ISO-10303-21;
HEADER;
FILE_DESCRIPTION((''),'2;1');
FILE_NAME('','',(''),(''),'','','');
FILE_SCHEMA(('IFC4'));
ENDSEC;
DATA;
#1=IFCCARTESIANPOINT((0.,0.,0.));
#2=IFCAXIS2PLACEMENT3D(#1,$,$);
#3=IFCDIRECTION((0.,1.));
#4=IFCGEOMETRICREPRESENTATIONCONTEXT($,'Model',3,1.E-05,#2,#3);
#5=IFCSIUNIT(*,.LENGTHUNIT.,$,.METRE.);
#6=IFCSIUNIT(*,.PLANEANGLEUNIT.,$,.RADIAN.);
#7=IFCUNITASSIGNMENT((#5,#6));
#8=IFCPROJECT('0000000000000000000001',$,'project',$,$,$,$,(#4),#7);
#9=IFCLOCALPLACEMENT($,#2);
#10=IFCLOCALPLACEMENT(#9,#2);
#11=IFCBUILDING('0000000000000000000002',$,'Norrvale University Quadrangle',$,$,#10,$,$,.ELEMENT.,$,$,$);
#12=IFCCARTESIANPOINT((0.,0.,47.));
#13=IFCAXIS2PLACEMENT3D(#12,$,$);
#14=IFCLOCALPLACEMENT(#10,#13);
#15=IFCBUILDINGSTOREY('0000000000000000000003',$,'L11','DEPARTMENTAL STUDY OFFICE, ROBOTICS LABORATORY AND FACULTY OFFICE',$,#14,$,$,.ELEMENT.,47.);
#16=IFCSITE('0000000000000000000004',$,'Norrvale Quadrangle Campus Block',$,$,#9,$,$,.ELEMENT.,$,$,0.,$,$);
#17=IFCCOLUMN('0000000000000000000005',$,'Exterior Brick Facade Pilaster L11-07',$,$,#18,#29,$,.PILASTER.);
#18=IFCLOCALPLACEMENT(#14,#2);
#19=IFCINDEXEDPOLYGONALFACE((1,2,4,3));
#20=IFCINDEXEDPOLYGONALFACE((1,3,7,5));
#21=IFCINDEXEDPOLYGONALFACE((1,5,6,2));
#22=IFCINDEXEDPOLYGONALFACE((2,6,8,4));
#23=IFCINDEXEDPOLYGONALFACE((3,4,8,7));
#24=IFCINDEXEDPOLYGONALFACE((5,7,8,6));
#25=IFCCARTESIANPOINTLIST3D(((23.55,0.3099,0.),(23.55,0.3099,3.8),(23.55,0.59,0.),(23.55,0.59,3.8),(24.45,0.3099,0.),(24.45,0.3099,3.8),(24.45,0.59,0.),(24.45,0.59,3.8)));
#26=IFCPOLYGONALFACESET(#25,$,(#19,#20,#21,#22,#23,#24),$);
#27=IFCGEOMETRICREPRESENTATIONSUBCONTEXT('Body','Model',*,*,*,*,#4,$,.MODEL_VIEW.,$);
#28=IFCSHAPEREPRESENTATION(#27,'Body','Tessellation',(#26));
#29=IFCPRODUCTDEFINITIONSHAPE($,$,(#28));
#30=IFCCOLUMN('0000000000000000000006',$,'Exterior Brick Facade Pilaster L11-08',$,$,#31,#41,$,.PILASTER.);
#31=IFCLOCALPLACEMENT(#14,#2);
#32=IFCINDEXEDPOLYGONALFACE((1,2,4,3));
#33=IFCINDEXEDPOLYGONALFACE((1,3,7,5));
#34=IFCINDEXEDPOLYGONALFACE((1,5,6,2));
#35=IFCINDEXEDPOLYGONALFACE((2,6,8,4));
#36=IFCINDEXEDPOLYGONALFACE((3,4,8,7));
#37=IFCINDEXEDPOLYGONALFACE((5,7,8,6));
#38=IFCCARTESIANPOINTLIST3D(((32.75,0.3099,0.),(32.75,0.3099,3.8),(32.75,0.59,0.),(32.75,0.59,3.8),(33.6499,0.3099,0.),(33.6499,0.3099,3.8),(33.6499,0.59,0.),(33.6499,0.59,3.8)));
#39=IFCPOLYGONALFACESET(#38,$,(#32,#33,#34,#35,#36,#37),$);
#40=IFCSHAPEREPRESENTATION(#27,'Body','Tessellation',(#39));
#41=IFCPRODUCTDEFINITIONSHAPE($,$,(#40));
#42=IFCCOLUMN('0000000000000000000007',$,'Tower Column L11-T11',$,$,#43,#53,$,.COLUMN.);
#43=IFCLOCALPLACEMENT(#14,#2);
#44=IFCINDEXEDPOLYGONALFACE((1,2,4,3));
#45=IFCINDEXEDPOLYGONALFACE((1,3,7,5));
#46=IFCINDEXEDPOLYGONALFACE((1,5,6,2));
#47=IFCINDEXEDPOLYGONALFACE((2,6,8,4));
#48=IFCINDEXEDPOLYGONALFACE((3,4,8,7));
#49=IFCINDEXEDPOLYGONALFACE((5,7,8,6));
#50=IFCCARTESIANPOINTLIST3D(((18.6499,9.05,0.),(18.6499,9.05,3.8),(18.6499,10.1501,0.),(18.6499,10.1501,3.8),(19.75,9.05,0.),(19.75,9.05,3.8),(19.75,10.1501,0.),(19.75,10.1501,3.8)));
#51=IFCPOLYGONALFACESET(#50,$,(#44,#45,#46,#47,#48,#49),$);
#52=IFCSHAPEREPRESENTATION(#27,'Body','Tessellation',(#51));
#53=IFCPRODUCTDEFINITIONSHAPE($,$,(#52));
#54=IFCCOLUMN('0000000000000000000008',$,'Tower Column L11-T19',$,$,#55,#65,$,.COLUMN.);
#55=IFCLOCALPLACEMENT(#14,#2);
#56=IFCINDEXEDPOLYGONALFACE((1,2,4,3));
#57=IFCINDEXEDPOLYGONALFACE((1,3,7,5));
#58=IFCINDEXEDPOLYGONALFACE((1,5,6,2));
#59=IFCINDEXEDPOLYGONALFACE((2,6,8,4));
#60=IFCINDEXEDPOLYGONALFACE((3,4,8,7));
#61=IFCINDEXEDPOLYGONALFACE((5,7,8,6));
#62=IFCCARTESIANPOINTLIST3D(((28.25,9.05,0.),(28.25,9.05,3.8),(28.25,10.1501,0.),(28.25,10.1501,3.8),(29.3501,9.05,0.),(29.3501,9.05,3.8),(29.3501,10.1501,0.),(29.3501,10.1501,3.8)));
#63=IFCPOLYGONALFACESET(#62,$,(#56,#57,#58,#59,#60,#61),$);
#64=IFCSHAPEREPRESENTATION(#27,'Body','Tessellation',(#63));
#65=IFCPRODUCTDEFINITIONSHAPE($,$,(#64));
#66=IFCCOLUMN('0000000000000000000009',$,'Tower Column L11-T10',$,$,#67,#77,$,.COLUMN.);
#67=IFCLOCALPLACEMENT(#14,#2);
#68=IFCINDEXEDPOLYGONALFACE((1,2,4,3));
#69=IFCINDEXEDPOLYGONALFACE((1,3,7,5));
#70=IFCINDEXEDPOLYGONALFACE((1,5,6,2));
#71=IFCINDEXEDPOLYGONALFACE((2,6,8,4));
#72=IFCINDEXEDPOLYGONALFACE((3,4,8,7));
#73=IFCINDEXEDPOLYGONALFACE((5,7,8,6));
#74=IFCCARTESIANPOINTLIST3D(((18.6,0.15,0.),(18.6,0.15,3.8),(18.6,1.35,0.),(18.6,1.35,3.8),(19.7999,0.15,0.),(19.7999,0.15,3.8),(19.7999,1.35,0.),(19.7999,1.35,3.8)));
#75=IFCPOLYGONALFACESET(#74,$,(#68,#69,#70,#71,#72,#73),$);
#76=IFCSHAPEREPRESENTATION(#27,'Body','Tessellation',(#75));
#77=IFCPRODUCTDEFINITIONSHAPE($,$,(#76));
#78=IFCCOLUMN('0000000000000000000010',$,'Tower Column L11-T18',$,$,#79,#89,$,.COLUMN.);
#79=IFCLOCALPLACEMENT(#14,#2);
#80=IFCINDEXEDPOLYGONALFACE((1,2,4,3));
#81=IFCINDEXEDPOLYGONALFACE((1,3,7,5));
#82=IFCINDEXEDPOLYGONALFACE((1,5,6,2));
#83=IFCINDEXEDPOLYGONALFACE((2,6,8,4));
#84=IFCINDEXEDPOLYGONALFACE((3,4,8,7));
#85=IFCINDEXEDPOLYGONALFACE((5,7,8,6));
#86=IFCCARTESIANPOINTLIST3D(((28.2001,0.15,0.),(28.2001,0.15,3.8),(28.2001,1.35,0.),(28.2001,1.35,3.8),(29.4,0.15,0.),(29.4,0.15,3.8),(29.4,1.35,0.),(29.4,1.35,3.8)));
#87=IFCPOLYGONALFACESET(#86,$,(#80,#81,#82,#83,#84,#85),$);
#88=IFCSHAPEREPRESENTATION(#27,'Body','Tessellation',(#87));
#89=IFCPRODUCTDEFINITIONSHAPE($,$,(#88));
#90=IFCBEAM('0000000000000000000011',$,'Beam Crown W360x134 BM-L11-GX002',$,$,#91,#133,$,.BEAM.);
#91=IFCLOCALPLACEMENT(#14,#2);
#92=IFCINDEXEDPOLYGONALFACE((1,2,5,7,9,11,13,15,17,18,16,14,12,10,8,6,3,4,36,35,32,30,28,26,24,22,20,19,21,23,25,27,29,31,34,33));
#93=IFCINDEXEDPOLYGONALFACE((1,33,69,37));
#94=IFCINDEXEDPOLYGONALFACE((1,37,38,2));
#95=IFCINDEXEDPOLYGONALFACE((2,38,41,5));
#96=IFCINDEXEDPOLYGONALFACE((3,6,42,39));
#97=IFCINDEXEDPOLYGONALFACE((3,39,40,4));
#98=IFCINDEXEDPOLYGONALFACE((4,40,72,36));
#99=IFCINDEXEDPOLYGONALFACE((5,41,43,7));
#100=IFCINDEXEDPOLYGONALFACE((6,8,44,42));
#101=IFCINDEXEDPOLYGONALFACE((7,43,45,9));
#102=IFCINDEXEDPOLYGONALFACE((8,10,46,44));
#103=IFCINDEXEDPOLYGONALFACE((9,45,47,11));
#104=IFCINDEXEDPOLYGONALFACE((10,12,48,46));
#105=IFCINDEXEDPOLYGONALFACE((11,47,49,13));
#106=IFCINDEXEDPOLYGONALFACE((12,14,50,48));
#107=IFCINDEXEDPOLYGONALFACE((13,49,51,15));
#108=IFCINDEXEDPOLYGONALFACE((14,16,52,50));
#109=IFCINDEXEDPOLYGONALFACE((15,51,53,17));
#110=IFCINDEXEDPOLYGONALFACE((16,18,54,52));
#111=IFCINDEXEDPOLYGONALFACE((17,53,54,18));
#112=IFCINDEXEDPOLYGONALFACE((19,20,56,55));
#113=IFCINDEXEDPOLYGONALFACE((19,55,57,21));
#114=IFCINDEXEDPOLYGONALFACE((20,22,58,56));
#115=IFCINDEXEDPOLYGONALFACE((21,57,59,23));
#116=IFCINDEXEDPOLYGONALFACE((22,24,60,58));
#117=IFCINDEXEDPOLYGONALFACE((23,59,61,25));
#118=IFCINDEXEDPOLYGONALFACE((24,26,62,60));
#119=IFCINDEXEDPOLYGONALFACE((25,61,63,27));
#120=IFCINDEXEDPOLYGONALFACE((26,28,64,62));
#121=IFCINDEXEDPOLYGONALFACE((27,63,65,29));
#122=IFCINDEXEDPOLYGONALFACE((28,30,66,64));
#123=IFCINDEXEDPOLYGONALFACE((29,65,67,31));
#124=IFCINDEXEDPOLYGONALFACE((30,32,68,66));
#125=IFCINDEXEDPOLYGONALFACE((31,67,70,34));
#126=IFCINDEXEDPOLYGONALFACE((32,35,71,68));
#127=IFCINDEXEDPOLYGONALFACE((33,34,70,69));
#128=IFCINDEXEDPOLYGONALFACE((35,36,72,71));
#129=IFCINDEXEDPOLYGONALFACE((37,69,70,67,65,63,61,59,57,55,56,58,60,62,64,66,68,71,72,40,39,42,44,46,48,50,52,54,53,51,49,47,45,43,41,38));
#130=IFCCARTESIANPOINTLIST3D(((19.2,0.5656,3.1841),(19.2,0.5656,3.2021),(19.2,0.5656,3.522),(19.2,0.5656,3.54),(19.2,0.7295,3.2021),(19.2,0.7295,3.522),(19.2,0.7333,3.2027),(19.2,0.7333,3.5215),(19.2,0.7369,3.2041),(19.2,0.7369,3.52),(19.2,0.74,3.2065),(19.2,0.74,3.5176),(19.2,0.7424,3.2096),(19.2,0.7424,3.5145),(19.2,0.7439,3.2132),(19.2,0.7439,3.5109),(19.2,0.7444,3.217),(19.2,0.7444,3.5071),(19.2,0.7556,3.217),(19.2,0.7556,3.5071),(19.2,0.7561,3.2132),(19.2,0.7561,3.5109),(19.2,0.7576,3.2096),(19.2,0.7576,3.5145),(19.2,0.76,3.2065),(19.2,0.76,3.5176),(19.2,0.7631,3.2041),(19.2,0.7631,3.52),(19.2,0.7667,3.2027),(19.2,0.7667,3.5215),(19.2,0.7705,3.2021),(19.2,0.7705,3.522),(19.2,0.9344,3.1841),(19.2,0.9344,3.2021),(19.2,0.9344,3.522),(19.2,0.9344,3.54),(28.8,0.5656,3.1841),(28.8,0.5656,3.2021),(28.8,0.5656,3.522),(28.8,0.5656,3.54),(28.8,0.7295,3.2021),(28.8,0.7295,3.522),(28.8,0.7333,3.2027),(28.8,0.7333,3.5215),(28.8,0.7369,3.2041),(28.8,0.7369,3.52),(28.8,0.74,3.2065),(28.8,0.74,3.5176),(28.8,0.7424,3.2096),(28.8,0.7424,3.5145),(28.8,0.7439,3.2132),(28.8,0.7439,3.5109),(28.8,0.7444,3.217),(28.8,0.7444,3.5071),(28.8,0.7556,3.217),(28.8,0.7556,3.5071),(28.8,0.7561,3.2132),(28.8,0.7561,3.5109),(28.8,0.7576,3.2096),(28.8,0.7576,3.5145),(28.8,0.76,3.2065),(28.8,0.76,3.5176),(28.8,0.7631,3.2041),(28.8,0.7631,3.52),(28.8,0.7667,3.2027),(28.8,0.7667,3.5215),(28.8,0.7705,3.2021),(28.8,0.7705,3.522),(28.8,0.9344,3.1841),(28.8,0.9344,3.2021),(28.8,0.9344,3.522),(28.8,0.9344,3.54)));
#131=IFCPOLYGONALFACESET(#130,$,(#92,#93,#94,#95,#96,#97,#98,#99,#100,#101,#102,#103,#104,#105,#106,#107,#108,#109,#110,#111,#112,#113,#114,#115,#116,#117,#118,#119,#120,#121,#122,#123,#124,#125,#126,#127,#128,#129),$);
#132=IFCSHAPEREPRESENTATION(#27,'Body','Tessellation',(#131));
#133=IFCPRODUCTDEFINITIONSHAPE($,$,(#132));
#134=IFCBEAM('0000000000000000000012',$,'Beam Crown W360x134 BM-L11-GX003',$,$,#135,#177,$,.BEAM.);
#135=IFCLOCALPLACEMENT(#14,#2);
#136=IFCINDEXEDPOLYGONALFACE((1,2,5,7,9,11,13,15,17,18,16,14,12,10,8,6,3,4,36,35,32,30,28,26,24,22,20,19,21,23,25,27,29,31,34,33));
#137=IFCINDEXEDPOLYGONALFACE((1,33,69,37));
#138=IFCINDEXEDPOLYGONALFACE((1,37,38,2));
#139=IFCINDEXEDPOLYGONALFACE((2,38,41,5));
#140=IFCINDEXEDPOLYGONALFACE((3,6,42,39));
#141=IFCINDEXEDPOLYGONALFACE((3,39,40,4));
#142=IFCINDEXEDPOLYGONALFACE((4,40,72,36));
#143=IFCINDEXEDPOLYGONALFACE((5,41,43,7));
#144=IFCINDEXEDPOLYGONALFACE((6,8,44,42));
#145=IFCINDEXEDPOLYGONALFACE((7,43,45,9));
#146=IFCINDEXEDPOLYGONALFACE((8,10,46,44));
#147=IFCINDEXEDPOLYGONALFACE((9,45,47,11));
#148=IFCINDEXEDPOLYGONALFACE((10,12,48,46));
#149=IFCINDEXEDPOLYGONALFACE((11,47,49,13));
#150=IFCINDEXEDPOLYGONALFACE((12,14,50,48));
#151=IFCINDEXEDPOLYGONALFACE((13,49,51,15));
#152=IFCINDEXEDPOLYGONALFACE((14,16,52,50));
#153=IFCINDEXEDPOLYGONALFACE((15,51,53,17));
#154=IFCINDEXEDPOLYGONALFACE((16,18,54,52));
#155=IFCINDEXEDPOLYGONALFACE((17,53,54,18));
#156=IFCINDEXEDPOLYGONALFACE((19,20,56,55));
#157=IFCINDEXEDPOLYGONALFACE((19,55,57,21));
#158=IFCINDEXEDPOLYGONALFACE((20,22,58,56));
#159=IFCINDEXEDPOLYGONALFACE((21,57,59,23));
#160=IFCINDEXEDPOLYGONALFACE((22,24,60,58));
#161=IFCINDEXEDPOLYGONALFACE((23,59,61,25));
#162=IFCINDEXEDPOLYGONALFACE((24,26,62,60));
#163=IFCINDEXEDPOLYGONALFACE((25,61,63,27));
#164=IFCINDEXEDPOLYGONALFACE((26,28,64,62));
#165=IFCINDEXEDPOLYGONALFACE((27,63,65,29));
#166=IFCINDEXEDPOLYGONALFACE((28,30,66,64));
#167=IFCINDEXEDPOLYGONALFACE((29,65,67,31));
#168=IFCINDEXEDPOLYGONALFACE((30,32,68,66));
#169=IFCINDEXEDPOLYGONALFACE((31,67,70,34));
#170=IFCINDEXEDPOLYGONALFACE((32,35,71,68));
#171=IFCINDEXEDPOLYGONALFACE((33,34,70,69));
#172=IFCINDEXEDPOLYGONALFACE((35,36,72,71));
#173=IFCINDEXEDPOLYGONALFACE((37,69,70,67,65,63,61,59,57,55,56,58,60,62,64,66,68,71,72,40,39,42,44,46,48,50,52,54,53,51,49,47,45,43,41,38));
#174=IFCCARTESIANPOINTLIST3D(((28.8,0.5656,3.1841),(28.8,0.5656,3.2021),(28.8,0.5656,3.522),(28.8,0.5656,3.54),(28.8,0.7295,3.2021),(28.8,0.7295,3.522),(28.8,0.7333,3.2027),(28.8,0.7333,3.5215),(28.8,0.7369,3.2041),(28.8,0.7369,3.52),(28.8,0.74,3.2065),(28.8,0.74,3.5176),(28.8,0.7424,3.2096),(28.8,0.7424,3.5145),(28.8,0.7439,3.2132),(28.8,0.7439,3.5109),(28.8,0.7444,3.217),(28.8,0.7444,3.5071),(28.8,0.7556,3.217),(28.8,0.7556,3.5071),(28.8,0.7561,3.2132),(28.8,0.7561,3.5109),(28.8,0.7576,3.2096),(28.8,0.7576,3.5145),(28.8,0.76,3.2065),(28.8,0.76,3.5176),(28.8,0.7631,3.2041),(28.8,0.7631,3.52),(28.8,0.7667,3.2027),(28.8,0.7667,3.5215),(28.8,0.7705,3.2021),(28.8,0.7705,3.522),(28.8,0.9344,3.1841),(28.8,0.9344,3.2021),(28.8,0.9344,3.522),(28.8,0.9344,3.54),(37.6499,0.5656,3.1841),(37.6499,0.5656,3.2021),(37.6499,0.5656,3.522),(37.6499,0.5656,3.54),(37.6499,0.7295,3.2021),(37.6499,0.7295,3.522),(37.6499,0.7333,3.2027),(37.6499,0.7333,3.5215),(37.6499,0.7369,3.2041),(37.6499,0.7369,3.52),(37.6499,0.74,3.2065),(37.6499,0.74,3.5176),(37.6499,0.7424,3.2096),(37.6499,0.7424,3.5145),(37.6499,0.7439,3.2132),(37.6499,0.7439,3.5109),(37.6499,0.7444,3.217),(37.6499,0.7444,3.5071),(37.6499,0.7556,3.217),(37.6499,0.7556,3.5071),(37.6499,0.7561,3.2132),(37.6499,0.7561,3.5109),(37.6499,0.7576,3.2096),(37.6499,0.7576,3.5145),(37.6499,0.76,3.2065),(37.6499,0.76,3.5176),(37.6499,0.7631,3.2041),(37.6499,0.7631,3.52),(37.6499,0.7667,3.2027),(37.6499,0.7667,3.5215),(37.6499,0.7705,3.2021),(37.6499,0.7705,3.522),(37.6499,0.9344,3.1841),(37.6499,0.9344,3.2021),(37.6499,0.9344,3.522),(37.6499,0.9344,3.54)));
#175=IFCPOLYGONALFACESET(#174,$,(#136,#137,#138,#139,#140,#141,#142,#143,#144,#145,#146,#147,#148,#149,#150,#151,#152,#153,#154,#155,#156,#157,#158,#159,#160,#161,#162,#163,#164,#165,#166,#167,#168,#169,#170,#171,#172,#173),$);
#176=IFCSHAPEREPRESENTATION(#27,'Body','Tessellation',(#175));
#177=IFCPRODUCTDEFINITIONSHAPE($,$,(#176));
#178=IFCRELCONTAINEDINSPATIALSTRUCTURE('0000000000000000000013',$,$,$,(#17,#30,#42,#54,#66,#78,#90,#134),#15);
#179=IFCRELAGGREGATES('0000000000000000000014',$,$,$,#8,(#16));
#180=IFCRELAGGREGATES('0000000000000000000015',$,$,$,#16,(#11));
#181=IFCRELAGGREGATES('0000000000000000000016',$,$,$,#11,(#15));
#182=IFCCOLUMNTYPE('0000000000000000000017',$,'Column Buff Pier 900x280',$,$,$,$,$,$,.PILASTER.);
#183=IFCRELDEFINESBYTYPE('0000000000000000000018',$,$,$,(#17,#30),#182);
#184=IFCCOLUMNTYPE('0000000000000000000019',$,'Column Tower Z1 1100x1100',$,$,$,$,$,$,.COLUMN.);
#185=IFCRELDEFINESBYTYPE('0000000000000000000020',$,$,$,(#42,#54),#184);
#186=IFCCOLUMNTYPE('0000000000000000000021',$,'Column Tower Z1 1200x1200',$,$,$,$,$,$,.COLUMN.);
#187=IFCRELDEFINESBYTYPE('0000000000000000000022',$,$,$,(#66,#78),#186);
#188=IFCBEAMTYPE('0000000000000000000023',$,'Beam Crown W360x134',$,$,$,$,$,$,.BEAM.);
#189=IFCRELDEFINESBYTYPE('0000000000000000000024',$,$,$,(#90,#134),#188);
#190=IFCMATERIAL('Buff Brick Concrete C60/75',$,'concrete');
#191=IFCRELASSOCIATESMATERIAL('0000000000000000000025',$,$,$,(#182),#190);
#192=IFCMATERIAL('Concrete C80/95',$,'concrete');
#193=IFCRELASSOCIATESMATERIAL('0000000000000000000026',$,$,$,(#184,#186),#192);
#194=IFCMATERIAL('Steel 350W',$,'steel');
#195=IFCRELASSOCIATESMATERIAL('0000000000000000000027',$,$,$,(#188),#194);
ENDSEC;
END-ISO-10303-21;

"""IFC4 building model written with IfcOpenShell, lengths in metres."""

from ifc_helpers import new_model, si_unit, direction, frame, origin, origin_2d, place, context, subcontext, project, spatial, rectangle, i_section, extrude, material, material_profile, profile_set, type_object, element, save


model = new_model("IFC4")

# Units and contexts
model_context = context("Model", 3, precision=1e-05, world=origin(), true_north=direction((0.0, 1.0)))
body_context = subcontext(model_context, "Body", "Model", "MODEL_VIEW")
ifc_project = project(units=[si_unit("LENGTHUNIT", "METRE"), si_unit("PLANEANGLEUNIT", "RADIAN")], contexts=[model_context])

# Site, building, storey
site_placement = place(None, origin())
site = spatial("IfcSite", under=ifc_project, at=site_placement, Name="Norrvale Quadrangle Campus Block", CompositionType="ELEMENT", RefElevation=0.0)
building_placement = place(site_placement, origin())
building = spatial("IfcBuilding", under=site, at=building_placement, Name="Norrvale University Quadrangle", CompositionType="ELEMENT")
storey_placement = place(building_placement, frame((0.0, 0.0, 47.0)))
storey = spatial("IfcBuildingStorey", under=building, at=storey_placement, Name="L11", Description="DEPARTMENTAL STUDY OFFICE, ROBOTICS LABORATORY AND FACULTY OFFICE", CompositionType="ELEMENT", Elevation=47.0)

# Columns
ifc_material_1 = material(Name="Buff Brick Concrete C60/75", Category="concrete")
ifc_material_profile_1 = material_profile(ifc_material_1, rectangle(XDim=0.8999, YDim=0.28, at=origin_2d()), Name="Buff Brick Concrete C60/75")
ifc_profile_set_1 = profile_set([ifc_material_profile_1], Name="Buff Brick Concrete C60/75")
column_type_1 = type_object("IfcColumnType", Name="Column Buff Pier 900x280", PredefinedType="PILASTER", material=ifc_profile_set_1)
for number, where, z_axis, x_axis, name in (
    (1, (24.0, 0.45, 0.0), (0.0, 0.0, 1.0), (1.0, 0.0, 0.0), "Exterior Brick Facade Pilaster L11-07"),
    (2, (33.2, 0.45, 0.0), (0.0, 0.0, 1.0), (1.0, 0.0, 0.0), "Exterior Brick Facade Pilaster L11-08"),
):
    element("IfcColumn", number, at=place(storey_placement, frame(where, z_axis=z_axis, x_axis=x_axis)), inside=storey, type_object=column_type_1, Name=name, PredefinedType="PILASTER", context=body_context, shape_type="SweptSolid", body=[
        extrude(rectangle(XDim=0.8999, YDim=0.28, at=origin_2d()), origin(), (0.0, 0.0, 1.0), 3.8),
    ])
ifc_material_2 = material(Name="Concrete C80/95", Category="concrete")
ifc_material_profile_2 = material_profile(ifc_material_2, rectangle(XDim=1.1001, YDim=1.1001, at=origin_2d()), Name="Concrete C80/95")
ifc_profile_set_2 = profile_set([ifc_material_profile_2], Name="Concrete C80/95")
column_type_2 = type_object("IfcColumnType", Name="Column Tower Z1 1100x1100", PredefinedType="COLUMN", material=ifc_profile_set_2)
for number, where, z_axis, x_axis, name in (
    (3, (19.2, 9.6001, 0.0), (0.0, 0.0, 1.0), (1.0, 0.0, 0.0), "Tower Column L11-T11"),
    (4, (28.8, 9.6001, 0.0), (0.0, 0.0, 1.0), (1.0, 0.0, 0.0), "Tower Column L11-T19"),
):
    element("IfcColumn", number, at=place(storey_placement, frame(where, z_axis=z_axis, x_axis=x_axis)), inside=storey, type_object=column_type_2, Name=name, PredefinedType="COLUMN", context=body_context, shape_type="SweptSolid", body=[
        extrude(rectangle(XDim=1.1001, YDim=1.1001, at=origin_2d()), origin(), (0.0, 0.0, 1.0), 3.8),
    ])
ifc_material_profile_3 = material_profile(ifc_material_2, rectangle(XDim=1.2, YDim=1.2, at=origin_2d()), Name="Concrete C80/95")
ifc_profile_set_3 = profile_set([ifc_material_profile_3], Name="Concrete C80/95")
column_type_3 = type_object("IfcColumnType", Name="Column Tower Z1 1200x1200", PredefinedType="COLUMN", material=ifc_profile_set_3)
for number, where, z_axis, x_axis, name in (
    (5, (19.2, 0.75, 0.0), (0.0, 0.0, 1.0), (1.0, 0.0, 0.0), "Tower Column L11-T10"),
    (6, (28.8, 0.75, 0.0), (0.0, 0.0, 1.0), (1.0, 0.0, 0.0), "Tower Column L11-T18"),
):
    element("IfcColumn", number, at=place(storey_placement, frame(where, z_axis=z_axis, x_axis=x_axis)), inside=storey, type_object=column_type_3, Name=name, PredefinedType="COLUMN", context=body_context, shape_type="SweptSolid", body=[
        extrude(rectangle(XDim=1.2, YDim=1.2, at=origin_2d()), origin(), (0.0, 0.0, 1.0), 3.8),
    ])

# Beams
ifc_material_3 = material(Name="Steel 350W", Category="steel")
ifc_material_profile_4 = material_profile(ifc_material_3, i_section(OverallWidth=0.3689, OverallDepth=0.356, WebThickness=0.0112, FlangeThickness=0.0181, FilletRadius=0.0149, at=origin_2d()), Name="Steel 350W")
ifc_profile_set_4 = profile_set([ifc_material_profile_4], Name="Steel 350W")
beam_type_1 = type_object("IfcBeamType", Name="Beam Crown W360x134", PredefinedType="BEAM", material=ifc_profile_set_4)
beam_1_placement = place(storey_placement, frame((19.2, 0.75, 3.3621), z_axis=(1.0, 0.0, 0.0), x_axis=(0.0, 1.0, 0.0)))
element("IfcBeam", 7, at=beam_1_placement, inside=storey, type_object=beam_type_1, Name="Beam Crown W360x134 BM-L11-GX002", PredefinedType="BEAM", context=body_context, shape_type="SweptSolid", body=[
    extrude(i_section(OverallWidth=0.3689, OverallDepth=0.356, WebThickness=0.0112, FlangeThickness=0.0181, FilletRadius=0.0149, at=origin_2d()), origin(), (0.0, 0.0, 1.0), 9.6001),
])
beam_2_placement = place(storey_placement, frame((28.8, 0.75, 3.3621), z_axis=(1.0, 0.0, 0.0), x_axis=(0.0, 1.0, 0.0)))
element("IfcBeam", 8, at=beam_2_placement, inside=storey, type_object=beam_type_1, Name="Beam Crown W360x134 BM-L11-GX003", PredefinedType="BEAM", context=body_context, shape_type="SweptSolid", body=[
    extrude(i_section(OverallWidth=0.3689, OverallDepth=0.356, WebThickness=0.0112, FlangeThickness=0.0181, FilletRadius=0.0149, at=origin_2d()), origin(), (0.0, 0.0, 1.0), 8.8499),
])

save(model, "model.ifc")
